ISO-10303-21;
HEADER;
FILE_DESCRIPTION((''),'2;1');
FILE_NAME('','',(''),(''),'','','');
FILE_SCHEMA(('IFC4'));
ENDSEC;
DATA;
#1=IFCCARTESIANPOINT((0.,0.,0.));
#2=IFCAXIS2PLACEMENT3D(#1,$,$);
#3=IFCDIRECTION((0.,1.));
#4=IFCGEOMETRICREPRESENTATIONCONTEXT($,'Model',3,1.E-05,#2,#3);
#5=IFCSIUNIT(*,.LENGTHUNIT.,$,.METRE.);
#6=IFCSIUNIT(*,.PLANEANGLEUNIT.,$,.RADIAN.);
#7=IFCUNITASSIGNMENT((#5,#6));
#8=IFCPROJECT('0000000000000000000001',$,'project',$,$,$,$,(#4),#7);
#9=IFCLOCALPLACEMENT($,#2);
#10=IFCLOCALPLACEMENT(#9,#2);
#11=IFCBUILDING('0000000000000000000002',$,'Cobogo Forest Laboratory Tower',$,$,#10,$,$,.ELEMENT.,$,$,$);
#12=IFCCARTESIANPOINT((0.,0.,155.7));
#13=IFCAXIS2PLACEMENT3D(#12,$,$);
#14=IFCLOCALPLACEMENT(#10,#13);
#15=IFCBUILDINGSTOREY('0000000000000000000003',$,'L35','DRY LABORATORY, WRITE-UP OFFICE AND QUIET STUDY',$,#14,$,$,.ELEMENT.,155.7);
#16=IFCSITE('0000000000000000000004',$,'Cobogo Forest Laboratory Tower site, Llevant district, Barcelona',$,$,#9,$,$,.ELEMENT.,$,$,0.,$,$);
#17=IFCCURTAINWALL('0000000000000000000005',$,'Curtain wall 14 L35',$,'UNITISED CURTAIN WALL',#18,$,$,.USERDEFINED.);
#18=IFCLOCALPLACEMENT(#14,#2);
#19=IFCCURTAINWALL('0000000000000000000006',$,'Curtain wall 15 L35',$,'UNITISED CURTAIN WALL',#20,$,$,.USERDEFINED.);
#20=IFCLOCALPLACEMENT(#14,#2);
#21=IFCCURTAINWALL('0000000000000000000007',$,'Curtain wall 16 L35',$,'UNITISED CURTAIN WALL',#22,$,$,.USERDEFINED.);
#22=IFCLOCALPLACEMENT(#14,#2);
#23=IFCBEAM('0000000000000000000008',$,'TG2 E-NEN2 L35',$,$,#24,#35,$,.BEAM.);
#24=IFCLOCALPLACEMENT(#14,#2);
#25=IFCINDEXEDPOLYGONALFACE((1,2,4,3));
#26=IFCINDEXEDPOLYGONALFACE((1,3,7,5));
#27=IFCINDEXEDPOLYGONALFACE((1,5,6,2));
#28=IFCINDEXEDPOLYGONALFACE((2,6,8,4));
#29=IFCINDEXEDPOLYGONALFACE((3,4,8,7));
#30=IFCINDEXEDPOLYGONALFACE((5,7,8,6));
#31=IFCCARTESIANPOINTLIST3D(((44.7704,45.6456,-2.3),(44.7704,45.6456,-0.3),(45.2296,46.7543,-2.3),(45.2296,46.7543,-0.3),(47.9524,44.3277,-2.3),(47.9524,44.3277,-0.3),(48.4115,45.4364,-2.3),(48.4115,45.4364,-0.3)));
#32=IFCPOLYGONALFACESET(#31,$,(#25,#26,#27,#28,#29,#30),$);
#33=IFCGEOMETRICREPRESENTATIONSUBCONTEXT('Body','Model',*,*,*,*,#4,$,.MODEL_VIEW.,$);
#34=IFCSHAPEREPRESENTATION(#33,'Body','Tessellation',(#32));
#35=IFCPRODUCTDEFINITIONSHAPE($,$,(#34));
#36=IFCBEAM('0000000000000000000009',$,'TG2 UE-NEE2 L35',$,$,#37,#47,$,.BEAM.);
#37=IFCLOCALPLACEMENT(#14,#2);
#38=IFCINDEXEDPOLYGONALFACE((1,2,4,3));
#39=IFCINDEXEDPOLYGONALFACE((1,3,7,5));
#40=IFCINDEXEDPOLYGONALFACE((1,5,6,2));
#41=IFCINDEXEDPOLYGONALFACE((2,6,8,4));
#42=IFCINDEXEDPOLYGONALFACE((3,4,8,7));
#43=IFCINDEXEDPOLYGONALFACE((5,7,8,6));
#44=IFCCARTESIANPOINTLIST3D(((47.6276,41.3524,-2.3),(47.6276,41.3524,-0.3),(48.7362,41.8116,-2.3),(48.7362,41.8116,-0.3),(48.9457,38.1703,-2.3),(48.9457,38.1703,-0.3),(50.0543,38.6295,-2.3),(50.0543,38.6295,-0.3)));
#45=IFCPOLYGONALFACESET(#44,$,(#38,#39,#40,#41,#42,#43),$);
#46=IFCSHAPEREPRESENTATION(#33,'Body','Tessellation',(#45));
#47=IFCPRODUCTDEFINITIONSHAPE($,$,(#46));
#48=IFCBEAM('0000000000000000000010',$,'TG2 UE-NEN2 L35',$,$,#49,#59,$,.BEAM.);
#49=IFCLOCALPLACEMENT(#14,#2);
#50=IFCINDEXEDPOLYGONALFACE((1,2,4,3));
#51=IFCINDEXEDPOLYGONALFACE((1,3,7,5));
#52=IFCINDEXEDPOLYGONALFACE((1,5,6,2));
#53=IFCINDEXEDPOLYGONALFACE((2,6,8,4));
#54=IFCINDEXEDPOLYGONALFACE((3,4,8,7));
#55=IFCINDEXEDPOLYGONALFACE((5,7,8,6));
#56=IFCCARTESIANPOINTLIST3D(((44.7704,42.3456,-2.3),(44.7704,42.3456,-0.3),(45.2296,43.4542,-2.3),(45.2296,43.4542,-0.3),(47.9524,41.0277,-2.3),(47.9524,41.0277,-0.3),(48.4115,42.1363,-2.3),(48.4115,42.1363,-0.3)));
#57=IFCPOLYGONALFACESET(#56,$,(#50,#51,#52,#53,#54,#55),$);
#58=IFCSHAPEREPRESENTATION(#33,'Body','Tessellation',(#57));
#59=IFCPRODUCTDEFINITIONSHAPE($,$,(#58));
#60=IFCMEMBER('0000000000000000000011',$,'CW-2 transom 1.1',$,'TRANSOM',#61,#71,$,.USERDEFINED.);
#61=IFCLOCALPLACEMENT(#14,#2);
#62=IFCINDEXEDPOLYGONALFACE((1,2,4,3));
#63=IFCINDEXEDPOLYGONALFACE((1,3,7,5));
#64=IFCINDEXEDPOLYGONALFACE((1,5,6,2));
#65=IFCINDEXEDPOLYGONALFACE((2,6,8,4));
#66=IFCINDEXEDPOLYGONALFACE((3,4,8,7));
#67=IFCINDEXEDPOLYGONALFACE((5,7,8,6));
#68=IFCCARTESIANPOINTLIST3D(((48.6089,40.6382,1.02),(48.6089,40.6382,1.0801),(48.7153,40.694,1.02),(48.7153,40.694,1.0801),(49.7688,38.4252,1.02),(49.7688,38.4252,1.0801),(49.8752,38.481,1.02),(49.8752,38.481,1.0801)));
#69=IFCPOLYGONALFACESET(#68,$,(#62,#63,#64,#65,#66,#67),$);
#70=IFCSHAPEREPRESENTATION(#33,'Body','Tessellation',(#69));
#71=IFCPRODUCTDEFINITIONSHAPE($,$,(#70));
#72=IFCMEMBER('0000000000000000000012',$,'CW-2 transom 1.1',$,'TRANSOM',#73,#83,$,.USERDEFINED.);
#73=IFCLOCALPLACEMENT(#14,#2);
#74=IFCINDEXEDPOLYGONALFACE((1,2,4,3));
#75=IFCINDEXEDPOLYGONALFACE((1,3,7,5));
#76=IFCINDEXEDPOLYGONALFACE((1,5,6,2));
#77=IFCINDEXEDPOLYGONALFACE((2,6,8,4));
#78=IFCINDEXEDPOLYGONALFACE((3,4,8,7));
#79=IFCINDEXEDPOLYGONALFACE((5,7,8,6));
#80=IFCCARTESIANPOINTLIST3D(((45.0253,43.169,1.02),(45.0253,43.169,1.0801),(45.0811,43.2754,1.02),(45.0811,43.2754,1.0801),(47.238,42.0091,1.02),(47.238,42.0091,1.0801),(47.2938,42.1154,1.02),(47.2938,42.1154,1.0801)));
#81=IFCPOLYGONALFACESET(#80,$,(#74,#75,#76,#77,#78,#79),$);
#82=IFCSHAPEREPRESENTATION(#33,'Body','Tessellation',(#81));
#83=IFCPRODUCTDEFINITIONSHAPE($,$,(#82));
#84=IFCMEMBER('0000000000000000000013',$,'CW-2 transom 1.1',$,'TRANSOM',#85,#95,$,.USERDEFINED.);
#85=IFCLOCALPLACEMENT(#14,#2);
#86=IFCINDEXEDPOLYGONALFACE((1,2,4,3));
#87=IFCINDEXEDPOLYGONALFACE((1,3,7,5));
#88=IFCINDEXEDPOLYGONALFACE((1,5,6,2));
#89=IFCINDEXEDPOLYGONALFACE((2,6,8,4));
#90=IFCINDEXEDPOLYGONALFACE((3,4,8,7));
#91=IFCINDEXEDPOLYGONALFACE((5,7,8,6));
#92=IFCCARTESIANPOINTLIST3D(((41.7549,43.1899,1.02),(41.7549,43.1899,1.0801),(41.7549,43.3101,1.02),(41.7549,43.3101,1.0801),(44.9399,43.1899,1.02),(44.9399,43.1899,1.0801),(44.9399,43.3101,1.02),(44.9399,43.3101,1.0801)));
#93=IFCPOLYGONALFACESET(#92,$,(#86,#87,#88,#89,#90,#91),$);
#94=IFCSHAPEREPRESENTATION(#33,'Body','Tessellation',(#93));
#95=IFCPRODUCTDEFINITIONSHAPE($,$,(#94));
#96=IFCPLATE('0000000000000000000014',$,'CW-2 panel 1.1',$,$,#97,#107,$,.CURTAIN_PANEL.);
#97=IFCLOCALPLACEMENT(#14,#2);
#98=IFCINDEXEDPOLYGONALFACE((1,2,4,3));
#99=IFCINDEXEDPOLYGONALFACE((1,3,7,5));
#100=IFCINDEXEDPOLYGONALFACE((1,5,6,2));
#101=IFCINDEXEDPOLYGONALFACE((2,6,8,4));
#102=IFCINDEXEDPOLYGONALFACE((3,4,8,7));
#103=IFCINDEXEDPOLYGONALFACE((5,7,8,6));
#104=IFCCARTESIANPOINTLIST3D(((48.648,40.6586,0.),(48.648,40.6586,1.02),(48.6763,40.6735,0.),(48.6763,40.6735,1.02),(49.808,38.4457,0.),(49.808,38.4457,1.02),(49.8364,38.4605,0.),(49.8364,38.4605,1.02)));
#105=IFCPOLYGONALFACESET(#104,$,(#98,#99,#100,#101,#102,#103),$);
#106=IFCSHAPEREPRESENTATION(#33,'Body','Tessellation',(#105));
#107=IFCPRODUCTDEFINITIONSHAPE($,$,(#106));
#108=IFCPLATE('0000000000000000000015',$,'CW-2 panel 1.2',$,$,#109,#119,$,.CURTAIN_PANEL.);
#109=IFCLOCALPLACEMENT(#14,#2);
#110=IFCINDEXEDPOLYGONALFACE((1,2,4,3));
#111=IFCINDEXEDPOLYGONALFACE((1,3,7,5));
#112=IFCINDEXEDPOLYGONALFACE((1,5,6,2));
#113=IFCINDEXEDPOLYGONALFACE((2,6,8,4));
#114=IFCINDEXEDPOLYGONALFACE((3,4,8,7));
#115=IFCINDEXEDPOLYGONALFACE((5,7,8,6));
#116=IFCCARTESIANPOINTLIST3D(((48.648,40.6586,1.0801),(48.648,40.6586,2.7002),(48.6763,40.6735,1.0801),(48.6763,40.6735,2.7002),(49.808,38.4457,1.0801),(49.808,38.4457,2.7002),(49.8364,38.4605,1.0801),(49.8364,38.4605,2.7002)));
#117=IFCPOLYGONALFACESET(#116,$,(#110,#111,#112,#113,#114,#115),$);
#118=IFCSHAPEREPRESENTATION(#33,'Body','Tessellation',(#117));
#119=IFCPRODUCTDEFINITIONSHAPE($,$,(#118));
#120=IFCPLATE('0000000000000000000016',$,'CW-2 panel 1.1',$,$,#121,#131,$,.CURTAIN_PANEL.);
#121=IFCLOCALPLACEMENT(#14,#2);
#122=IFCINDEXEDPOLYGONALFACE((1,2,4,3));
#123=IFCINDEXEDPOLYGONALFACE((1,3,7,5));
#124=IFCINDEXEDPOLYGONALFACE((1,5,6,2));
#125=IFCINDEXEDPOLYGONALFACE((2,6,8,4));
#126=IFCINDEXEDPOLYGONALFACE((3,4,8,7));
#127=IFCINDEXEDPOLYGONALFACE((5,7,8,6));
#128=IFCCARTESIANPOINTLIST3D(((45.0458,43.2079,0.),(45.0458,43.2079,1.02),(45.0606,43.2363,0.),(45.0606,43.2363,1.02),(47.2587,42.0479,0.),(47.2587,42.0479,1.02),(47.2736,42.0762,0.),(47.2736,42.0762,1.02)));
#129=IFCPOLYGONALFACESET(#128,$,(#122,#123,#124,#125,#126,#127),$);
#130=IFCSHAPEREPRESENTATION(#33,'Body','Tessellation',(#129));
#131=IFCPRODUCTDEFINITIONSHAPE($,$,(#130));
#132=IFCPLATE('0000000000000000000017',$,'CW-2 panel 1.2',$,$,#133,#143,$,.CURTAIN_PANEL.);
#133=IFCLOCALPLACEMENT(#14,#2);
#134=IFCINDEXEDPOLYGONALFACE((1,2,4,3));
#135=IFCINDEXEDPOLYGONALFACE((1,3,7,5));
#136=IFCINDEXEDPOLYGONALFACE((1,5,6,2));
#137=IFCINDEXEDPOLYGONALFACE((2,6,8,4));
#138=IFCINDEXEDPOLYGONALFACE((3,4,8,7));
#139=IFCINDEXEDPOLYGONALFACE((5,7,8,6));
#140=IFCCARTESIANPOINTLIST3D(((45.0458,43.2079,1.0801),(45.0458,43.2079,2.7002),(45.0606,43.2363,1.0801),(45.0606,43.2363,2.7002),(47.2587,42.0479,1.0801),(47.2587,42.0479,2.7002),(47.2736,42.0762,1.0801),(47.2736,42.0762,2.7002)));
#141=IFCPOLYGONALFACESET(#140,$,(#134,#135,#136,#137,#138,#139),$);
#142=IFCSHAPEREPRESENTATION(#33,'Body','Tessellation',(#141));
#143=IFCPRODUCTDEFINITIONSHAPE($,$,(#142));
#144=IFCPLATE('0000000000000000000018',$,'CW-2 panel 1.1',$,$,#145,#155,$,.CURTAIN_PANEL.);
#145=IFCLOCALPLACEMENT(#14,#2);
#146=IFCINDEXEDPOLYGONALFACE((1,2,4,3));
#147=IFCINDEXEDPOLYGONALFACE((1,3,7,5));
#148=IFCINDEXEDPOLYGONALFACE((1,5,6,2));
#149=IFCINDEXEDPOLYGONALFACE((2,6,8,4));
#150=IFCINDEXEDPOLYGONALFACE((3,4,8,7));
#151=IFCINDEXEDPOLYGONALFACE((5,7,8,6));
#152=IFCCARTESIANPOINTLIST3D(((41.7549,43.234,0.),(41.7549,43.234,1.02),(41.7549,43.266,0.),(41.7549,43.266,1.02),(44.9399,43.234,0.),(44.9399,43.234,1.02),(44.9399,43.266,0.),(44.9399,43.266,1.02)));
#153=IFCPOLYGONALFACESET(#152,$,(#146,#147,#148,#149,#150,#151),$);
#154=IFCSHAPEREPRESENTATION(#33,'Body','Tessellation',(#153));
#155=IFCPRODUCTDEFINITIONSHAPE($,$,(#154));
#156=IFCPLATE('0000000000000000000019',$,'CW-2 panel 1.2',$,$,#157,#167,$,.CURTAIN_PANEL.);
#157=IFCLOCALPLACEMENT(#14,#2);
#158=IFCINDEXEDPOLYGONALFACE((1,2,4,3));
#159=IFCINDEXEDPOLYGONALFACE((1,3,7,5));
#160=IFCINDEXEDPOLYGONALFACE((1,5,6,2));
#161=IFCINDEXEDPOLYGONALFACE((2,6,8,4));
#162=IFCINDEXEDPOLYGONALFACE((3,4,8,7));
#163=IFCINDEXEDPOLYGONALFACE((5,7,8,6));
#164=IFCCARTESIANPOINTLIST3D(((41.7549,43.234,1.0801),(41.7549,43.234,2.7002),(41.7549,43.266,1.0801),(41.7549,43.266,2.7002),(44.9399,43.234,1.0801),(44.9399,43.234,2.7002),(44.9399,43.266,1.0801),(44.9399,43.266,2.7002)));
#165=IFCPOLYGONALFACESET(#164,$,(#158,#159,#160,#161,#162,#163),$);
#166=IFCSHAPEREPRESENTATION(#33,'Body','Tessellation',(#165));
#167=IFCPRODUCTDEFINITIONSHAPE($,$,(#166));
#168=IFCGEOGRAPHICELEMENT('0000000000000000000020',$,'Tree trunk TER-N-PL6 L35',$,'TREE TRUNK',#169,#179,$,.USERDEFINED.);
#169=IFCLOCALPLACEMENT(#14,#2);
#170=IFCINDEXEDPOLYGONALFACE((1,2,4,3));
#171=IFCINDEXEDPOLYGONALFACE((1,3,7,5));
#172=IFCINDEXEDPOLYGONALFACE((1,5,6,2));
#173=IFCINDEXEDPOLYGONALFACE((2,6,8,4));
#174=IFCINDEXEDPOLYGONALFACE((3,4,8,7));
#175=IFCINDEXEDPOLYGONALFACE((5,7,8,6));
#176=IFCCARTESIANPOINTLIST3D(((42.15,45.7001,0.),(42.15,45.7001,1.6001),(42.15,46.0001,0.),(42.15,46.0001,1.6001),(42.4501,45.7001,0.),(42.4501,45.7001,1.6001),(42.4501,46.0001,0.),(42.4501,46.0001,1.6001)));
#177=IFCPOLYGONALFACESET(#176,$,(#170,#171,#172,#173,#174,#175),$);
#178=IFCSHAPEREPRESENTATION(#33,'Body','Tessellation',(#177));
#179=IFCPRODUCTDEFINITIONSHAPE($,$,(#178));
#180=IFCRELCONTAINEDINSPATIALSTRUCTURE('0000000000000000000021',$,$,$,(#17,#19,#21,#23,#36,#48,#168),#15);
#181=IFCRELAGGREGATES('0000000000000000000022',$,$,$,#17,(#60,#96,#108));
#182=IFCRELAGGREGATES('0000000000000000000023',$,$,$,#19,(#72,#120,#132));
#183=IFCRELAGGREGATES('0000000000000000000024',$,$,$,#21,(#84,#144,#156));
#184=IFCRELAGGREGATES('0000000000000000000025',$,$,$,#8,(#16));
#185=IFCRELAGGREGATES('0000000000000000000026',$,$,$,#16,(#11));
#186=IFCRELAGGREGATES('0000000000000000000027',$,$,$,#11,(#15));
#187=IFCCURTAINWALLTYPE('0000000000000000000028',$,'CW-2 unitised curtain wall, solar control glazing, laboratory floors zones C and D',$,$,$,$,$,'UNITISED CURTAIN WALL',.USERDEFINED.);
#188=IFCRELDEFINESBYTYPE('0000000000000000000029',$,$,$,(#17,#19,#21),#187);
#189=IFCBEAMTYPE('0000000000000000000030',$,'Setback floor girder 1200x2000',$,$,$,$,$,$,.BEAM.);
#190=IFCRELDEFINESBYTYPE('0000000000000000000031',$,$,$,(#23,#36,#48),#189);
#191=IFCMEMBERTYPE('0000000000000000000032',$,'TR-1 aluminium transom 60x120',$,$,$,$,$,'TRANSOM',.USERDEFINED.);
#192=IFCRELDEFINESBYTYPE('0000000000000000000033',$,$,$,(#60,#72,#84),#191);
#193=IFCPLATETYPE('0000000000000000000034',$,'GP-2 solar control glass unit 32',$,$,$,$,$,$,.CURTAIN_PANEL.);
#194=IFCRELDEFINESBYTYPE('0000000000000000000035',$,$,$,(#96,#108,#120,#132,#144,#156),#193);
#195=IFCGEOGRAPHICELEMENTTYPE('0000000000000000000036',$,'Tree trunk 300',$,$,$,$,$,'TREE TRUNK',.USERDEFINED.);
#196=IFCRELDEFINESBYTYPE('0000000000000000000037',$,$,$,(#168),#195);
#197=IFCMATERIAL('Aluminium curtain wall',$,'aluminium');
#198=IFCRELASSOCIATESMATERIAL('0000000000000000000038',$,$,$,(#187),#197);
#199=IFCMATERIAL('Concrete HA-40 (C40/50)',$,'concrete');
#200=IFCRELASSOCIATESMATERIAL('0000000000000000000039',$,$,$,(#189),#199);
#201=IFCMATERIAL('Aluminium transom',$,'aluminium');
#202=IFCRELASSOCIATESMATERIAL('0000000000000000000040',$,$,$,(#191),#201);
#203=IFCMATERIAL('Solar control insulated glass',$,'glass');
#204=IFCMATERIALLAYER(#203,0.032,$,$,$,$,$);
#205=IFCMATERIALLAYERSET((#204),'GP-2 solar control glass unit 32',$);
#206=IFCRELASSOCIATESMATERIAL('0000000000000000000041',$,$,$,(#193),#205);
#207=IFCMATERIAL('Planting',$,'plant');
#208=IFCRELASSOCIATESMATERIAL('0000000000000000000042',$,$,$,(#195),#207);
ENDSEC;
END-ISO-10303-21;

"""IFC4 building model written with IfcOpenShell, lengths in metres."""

from ifc_helpers import new_model, si_unit, direction, frame, origin, origin_2d, place, context, subcontext, project, spatial, rectangle, extrude, material, layer, layer_set, material_profile, profile_set, type_object, element, aggregate, save


model = new_model("IFC4")

# Units and contexts
model_context = context("Model", 3, precision=1e-05, world=origin(), true_north=direction((0.0, 1.0)))
body_context = subcontext(model_context, "Body", "Model", "MODEL_VIEW")
ifc_project = project(units=[si_unit("LENGTHUNIT", "METRE"), si_unit("PLANEANGLEUNIT", "RADIAN")], contexts=[model_context])

# Site, building, storey
site_placement = place(None, origin())
site = spatial("IfcSite", under=ifc_project, at=site_placement, Name="Cobogo Forest Laboratory Tower site, Llevant district, Barcelona", CompositionType="ELEMENT", RefElevation=0.0)
building_placement = place(site_placement, origin())
building = spatial("IfcBuilding", under=site, at=building_placement, Name="Cobogo Forest Laboratory Tower", CompositionType="ELEMENT")
storey_placement = place(building_placement, frame((0.0, 0.0, 155.7)))
storey = spatial("IfcBuildingStorey", under=building, at=storey_placement, Name="L35", Description="DRY LABORATORY, WRITE-UP OFFICE AND QUIET STUDY", CompositionType="ELEMENT", Elevation=155.7)

# Curtain walls
ifc_material_1 = material(Name="Aluminium curtain wall", Category="aluminium")
curtain_wall_type = type_object("IfcCurtainWallType", Name="CW-2 unitised curtain wall, solar control glazing, laboratory floors zones C and D", ElementType="UNITISED CURTAIN WALL", PredefinedType="USERDEFINED", material=ifc_material_1)
curtain_wall_1_placement = place(storey_placement, origin())
curtain_wall_1 = element("IfcCurtainWall", 1, at=curtain_wall_1_placement, inside=storey, type_object=curtain_wall_type, Name="Curtain wall 14 L35", ObjectType="UNITISED CURTAIN WALL", PredefinedType="USERDEFINED")
curtain_wall_2_placement = place(storey_placement, origin())
curtain_wall_2 = element("IfcCurtainWall", 2, at=curtain_wall_2_placement, inside=storey, type_object=curtain_wall_type, Name="Curtain wall 15 L35", ObjectType="UNITISED CURTAIN WALL", PredefinedType="USERDEFINED")

# Curtain wall
curtain_wall_3_placement = place(storey_placement, origin())
curtain_wall_3 = element("IfcCurtainWall", 3, at=curtain_wall_3_placement, inside=storey, type_object=curtain_wall_type, Name="Curtain wall 16 L35", ObjectType="UNITISED CURTAIN WALL", PredefinedType="USERDEFINED")

# Beams
ifc_material_2 = material(Name="Concrete HA-40 (C40/50)", Category="concrete")
ifc_material_profile_1 = material_profile(ifc_material_2, rectangle(XDim=1.2, YDim=2.0, at=origin_2d()), Name="RC 1200x2000")
ifc_profile_set_1 = profile_set([ifc_material_profile_1], Name="Concrete HA-40 (C40/50)")
beam_type = type_object("IfcBeamType", Name="Setback floor girder 1200x2000", PredefinedType="BEAM", material=ifc_profile_set_1)
beam_1_placement = place(storey_placement, frame((45.0, 46.2, -1.3), z_axis=(0.923891, -0.382656, 0.0), x_axis=(0.382656, 0.923891, 0.0)))
element("IfcBeam", 4, at=beam_1_placement, inside=storey, type_object=beam_type, Name="TG2 E-NEN2 L35", PredefinedType="BEAM", context=body_context, shape_type="SweptSolid", body=[
    extrude(rectangle(XDim=1.2, YDim=2.0, at=origin_2d()), origin(), (0.0, 0.0, 1.0), 3.4441),
])
beam_2_placement = place(storey_placement, frame((49.5, 38.3999, -1.3), z_axis=(-0.382692, 0.923876, 0.0), x_axis=(-0.923876, -0.382692, 0.0)))
element("IfcBeam", 5, at=beam_2_placement, inside=storey, type_object=beam_type, Name="TG2 UE-NEE2 L35", PredefinedType="BEAM", context=body_context, shape_type="SweptSolid", body=[
    extrude(rectangle(XDim=1.2, YDim=2.0, at=origin_2d()), origin(), (0.0, 0.0, 1.0), 3.4443),
])
beam_3_placement = place(storey_placement, frame((45.0, 42.8999, -1.3), z_axis=(0.923891, -0.382656, 0.0), x_axis=(0.382656, 0.923891, 0.0)))
element("IfcBeam", 6, at=beam_3_placement, inside=storey, type_object=beam_type, Name="TG2 UE-NEN2 L35", PredefinedType="BEAM", context=body_context, shape_type="SweptSolid", body=[
    extrude(rectangle(XDim=1.2, YDim=2.0, at=origin_2d()), origin(), (0.0, 0.0, 1.0), 3.4441),
])

# Members
ifc_material_3 = material(Name="Aluminium transom", Category="aluminium")
ifc_material_profile_2 = material_profile(ifc_material_3, rectangle(XDim=0.1201, YDim=0.0601, at=origin_2d()), Name="AL 60x120")
ifc_profile_set_2 = profile_set([ifc_material_profile_2], Name="Aluminium transom")
member_type_1 = type_object("IfcMemberType", Name="TR-1 aluminium transom 60x120", ElementType="TRANSOM", PredefinedType="USERDEFINED", material=ifc_profile_set_2)
member_1_placement = place(storey_placement, frame((49.822, 38.4531, 1.05), z_axis=(-0.464252, 0.885703, 0.0), x_axis=(-0.885703, -0.464252, 0.0)))
member_1 = element("IfcMember", 7, at=member_1_placement, type_object=member_type_1, Name="CW-2 transom 1.1", ObjectType="TRANSOM", PredefinedType="USERDEFINED", context=body_context, shape_type="SweptSolid", body=[
    extrude(rectangle(XDim=0.1201, YDim=0.0601, at=origin_2d()), origin(), (0.0, 0.0, 1.0), 2.4985),
])
member_2_placement = place(storey_placement, frame((47.2659, 42.0623, 1.05), z_axis=(-0.885682, 0.464292, 0.0), x_axis=(-0.464292, -0.885682, 0.0)))
member_2 = element("IfcMember", 8, at=member_2_placement, type_object=member_type_1, Name="CW-2 transom 1.1", ObjectType="TRANSOM", PredefinedType="USERDEFINED", context=body_context, shape_type="SweptSolid", body=[
    extrude(rectangle(XDim=0.1201, YDim=0.0601, at=origin_2d()), origin(), (0.0, 0.0, 1.0), 2.4983),
])
member_3_placement = place(storey_placement, frame((44.9399, 43.25, 1.05), z_axis=(-1.0, 0.0, 0.0), x_axis=(0.0, -1.0, 0.0)))
member_3 = element("IfcMember", 9, at=member_3_placement, type_object=member_type_1, Name="CW-2 transom 1.1", ObjectType="TRANSOM", PredefinedType="USERDEFINED", context=body_context, shape_type="SweptSolid", body=[
    extrude(rectangle(XDim=0.1201, YDim=0.0601, at=origin_2d()), origin(), (0.0, 0.0, 1.0), 3.1851),
])

# Plates
ifc_material_4 = material(Name="Solar control insulated glass", Category="glass")
ifc_layer = layer(ifc_material_4, 0.032)
ifc_layer_set = layer_set([ifc_layer], Name="GP-2 solar control glass unit 32")
plate_type = type_object("IfcPlateType", Name="GP-2 solar control glass unit 32", PredefinedType="CURTAIN_PANEL", material=ifc_layer_set)
plate_1_placement = place(storey_placement, frame((49.2422, 39.5596, 0.0), z_axis=(0.0, 0.0, 1.0), x_axis=(-0.464284, 0.885687, 0.0)))
plate_1 = element("IfcPlate", 10, at=plate_1_placement, type_object=plate_type, Name="CW-2 panel 1.1", PredefinedType="CURTAIN_PANEL", context=body_context, shape_type="SweptSolid", body=[
    extrude(rectangle(XDim=2.4985, YDim=0.032, at=origin_2d()), origin(), (0.0, 0.0, 1.0), 1.02),
])
plate_2_placement = place(storey_placement, frame((49.2422, 39.5596, 1.0801), z_axis=(0.0, 0.0, 1.0), x_axis=(-0.464284, 0.885687, 0.0)))
plate_2 = element("IfcPlate", 11, at=plate_2_placement, type_object=plate_type, Name="CW-2 panel 1.2", PredefinedType="CURTAIN_PANEL", context=body_context, shape_type="SweptSolid", body=[
    extrude(rectangle(XDim=2.4985, YDim=0.032, at=origin_2d()), origin(), (0.0, 0.0, 1.0), 1.6201),
])
aggregate(curtain_wall_1, [member_1, plate_1, plate_2])
plate_3_placement = place(storey_placement, frame((46.1597, 42.6421, 0.0), z_axis=(0.0, 0.0, 1.0), x_axis=(-0.885687, 0.464284, 0.0)))
plate_3 = element("IfcPlate", 12, at=plate_3_placement, type_object=plate_type, Name="CW-2 panel 1.1", PredefinedType="CURTAIN_PANEL", context=body_context, shape_type="SweptSolid", body=[
    extrude(rectangle(XDim=2.4985, YDim=0.032, at=origin_2d()), origin(), (0.0, 0.0, 1.0), 1.02),
])
plate_4_placement = place(storey_placement, frame((46.1597, 42.6421, 1.0801), z_axis=(0.0, 0.0, 1.0), x_axis=(-0.885687, 0.464284, 0.0)))
plate_4 = element("IfcPlate", 13, at=plate_4_placement, type_object=plate_type, Name="CW-2 panel 1.2", PredefinedType="CURTAIN_PANEL", context=body_context, shape_type="SweptSolid", body=[
    extrude(rectangle(XDim=2.4985, YDim=0.032, at=origin_2d()), origin(), (0.0, 0.0, 1.0), 1.6201),
])
aggregate(curtain_wall_2, [member_2, plate_3, plate_4])
plate_5_placement = place(storey_placement, frame((43.3474, 43.25, 0.0), z_axis=(0.0, 0.0, 1.0), x_axis=(-1.0, 0.0, 0.0)))
plate_5 = element("IfcPlate", 14, at=plate_5_placement, type_object=plate_type, Name="CW-2 panel 1.1", PredefinedType="CURTAIN_PANEL", context=body_context, shape_type="SweptSolid", body=[
    extrude(rectangle(XDim=3.1851, YDim=0.032, at=origin_2d()), origin(), (0.0, 0.0, 1.0), 1.02),
])
plate_6_placement = place(storey_placement, frame((43.3474, 43.25, 1.0801), z_axis=(0.0, 0.0, 1.0), x_axis=(-1.0, 0.0, 0.0)))
plate_6 = element("IfcPlate", 15, at=plate_6_placement, type_object=plate_type, Name="CW-2 panel 1.2", PredefinedType="CURTAIN_PANEL", context=body_context, shape_type="SweptSolid", body=[
    extrude(rectangle(XDim=3.1851, YDim=0.032, at=origin_2d()), origin(), (0.0, 0.0, 1.0), 1.6201),
])
aggregate(curtain_wall_3, [member_3, plate_5, plate_6])

# Geographic element
ifc_material_5 = material(Name="Planting", Category="plant")
geographic_element_type = type_object("IfcGeographicElementType", Name="Tree trunk 300", ElementType="TREE TRUNK", PredefinedType="USERDEFINED", material=ifc_material_5)
geographic_element_placement = place(storey_placement, frame((42.3, 45.8501, 0.0), z_axis=(0.0, 0.0, 1.0), x_axis=(1.0, 0.0, 0.0)))
element("IfcGeographicElement", 16, at=geographic_element_placement, inside=storey, type_object=geographic_element_type, Name="Tree trunk TER-N-PL6 L35", ObjectType="TREE TRUNK", PredefinedType="USERDEFINED", context=body_context, shape_type="SweptSolid", body=[
    extrude(rectangle(XDim=0.3, YDim=0.3, at=origin_2d()), origin(), (0.0, 0.0, 1.0), 1.6001),
])

save(model, "model.ifc")
